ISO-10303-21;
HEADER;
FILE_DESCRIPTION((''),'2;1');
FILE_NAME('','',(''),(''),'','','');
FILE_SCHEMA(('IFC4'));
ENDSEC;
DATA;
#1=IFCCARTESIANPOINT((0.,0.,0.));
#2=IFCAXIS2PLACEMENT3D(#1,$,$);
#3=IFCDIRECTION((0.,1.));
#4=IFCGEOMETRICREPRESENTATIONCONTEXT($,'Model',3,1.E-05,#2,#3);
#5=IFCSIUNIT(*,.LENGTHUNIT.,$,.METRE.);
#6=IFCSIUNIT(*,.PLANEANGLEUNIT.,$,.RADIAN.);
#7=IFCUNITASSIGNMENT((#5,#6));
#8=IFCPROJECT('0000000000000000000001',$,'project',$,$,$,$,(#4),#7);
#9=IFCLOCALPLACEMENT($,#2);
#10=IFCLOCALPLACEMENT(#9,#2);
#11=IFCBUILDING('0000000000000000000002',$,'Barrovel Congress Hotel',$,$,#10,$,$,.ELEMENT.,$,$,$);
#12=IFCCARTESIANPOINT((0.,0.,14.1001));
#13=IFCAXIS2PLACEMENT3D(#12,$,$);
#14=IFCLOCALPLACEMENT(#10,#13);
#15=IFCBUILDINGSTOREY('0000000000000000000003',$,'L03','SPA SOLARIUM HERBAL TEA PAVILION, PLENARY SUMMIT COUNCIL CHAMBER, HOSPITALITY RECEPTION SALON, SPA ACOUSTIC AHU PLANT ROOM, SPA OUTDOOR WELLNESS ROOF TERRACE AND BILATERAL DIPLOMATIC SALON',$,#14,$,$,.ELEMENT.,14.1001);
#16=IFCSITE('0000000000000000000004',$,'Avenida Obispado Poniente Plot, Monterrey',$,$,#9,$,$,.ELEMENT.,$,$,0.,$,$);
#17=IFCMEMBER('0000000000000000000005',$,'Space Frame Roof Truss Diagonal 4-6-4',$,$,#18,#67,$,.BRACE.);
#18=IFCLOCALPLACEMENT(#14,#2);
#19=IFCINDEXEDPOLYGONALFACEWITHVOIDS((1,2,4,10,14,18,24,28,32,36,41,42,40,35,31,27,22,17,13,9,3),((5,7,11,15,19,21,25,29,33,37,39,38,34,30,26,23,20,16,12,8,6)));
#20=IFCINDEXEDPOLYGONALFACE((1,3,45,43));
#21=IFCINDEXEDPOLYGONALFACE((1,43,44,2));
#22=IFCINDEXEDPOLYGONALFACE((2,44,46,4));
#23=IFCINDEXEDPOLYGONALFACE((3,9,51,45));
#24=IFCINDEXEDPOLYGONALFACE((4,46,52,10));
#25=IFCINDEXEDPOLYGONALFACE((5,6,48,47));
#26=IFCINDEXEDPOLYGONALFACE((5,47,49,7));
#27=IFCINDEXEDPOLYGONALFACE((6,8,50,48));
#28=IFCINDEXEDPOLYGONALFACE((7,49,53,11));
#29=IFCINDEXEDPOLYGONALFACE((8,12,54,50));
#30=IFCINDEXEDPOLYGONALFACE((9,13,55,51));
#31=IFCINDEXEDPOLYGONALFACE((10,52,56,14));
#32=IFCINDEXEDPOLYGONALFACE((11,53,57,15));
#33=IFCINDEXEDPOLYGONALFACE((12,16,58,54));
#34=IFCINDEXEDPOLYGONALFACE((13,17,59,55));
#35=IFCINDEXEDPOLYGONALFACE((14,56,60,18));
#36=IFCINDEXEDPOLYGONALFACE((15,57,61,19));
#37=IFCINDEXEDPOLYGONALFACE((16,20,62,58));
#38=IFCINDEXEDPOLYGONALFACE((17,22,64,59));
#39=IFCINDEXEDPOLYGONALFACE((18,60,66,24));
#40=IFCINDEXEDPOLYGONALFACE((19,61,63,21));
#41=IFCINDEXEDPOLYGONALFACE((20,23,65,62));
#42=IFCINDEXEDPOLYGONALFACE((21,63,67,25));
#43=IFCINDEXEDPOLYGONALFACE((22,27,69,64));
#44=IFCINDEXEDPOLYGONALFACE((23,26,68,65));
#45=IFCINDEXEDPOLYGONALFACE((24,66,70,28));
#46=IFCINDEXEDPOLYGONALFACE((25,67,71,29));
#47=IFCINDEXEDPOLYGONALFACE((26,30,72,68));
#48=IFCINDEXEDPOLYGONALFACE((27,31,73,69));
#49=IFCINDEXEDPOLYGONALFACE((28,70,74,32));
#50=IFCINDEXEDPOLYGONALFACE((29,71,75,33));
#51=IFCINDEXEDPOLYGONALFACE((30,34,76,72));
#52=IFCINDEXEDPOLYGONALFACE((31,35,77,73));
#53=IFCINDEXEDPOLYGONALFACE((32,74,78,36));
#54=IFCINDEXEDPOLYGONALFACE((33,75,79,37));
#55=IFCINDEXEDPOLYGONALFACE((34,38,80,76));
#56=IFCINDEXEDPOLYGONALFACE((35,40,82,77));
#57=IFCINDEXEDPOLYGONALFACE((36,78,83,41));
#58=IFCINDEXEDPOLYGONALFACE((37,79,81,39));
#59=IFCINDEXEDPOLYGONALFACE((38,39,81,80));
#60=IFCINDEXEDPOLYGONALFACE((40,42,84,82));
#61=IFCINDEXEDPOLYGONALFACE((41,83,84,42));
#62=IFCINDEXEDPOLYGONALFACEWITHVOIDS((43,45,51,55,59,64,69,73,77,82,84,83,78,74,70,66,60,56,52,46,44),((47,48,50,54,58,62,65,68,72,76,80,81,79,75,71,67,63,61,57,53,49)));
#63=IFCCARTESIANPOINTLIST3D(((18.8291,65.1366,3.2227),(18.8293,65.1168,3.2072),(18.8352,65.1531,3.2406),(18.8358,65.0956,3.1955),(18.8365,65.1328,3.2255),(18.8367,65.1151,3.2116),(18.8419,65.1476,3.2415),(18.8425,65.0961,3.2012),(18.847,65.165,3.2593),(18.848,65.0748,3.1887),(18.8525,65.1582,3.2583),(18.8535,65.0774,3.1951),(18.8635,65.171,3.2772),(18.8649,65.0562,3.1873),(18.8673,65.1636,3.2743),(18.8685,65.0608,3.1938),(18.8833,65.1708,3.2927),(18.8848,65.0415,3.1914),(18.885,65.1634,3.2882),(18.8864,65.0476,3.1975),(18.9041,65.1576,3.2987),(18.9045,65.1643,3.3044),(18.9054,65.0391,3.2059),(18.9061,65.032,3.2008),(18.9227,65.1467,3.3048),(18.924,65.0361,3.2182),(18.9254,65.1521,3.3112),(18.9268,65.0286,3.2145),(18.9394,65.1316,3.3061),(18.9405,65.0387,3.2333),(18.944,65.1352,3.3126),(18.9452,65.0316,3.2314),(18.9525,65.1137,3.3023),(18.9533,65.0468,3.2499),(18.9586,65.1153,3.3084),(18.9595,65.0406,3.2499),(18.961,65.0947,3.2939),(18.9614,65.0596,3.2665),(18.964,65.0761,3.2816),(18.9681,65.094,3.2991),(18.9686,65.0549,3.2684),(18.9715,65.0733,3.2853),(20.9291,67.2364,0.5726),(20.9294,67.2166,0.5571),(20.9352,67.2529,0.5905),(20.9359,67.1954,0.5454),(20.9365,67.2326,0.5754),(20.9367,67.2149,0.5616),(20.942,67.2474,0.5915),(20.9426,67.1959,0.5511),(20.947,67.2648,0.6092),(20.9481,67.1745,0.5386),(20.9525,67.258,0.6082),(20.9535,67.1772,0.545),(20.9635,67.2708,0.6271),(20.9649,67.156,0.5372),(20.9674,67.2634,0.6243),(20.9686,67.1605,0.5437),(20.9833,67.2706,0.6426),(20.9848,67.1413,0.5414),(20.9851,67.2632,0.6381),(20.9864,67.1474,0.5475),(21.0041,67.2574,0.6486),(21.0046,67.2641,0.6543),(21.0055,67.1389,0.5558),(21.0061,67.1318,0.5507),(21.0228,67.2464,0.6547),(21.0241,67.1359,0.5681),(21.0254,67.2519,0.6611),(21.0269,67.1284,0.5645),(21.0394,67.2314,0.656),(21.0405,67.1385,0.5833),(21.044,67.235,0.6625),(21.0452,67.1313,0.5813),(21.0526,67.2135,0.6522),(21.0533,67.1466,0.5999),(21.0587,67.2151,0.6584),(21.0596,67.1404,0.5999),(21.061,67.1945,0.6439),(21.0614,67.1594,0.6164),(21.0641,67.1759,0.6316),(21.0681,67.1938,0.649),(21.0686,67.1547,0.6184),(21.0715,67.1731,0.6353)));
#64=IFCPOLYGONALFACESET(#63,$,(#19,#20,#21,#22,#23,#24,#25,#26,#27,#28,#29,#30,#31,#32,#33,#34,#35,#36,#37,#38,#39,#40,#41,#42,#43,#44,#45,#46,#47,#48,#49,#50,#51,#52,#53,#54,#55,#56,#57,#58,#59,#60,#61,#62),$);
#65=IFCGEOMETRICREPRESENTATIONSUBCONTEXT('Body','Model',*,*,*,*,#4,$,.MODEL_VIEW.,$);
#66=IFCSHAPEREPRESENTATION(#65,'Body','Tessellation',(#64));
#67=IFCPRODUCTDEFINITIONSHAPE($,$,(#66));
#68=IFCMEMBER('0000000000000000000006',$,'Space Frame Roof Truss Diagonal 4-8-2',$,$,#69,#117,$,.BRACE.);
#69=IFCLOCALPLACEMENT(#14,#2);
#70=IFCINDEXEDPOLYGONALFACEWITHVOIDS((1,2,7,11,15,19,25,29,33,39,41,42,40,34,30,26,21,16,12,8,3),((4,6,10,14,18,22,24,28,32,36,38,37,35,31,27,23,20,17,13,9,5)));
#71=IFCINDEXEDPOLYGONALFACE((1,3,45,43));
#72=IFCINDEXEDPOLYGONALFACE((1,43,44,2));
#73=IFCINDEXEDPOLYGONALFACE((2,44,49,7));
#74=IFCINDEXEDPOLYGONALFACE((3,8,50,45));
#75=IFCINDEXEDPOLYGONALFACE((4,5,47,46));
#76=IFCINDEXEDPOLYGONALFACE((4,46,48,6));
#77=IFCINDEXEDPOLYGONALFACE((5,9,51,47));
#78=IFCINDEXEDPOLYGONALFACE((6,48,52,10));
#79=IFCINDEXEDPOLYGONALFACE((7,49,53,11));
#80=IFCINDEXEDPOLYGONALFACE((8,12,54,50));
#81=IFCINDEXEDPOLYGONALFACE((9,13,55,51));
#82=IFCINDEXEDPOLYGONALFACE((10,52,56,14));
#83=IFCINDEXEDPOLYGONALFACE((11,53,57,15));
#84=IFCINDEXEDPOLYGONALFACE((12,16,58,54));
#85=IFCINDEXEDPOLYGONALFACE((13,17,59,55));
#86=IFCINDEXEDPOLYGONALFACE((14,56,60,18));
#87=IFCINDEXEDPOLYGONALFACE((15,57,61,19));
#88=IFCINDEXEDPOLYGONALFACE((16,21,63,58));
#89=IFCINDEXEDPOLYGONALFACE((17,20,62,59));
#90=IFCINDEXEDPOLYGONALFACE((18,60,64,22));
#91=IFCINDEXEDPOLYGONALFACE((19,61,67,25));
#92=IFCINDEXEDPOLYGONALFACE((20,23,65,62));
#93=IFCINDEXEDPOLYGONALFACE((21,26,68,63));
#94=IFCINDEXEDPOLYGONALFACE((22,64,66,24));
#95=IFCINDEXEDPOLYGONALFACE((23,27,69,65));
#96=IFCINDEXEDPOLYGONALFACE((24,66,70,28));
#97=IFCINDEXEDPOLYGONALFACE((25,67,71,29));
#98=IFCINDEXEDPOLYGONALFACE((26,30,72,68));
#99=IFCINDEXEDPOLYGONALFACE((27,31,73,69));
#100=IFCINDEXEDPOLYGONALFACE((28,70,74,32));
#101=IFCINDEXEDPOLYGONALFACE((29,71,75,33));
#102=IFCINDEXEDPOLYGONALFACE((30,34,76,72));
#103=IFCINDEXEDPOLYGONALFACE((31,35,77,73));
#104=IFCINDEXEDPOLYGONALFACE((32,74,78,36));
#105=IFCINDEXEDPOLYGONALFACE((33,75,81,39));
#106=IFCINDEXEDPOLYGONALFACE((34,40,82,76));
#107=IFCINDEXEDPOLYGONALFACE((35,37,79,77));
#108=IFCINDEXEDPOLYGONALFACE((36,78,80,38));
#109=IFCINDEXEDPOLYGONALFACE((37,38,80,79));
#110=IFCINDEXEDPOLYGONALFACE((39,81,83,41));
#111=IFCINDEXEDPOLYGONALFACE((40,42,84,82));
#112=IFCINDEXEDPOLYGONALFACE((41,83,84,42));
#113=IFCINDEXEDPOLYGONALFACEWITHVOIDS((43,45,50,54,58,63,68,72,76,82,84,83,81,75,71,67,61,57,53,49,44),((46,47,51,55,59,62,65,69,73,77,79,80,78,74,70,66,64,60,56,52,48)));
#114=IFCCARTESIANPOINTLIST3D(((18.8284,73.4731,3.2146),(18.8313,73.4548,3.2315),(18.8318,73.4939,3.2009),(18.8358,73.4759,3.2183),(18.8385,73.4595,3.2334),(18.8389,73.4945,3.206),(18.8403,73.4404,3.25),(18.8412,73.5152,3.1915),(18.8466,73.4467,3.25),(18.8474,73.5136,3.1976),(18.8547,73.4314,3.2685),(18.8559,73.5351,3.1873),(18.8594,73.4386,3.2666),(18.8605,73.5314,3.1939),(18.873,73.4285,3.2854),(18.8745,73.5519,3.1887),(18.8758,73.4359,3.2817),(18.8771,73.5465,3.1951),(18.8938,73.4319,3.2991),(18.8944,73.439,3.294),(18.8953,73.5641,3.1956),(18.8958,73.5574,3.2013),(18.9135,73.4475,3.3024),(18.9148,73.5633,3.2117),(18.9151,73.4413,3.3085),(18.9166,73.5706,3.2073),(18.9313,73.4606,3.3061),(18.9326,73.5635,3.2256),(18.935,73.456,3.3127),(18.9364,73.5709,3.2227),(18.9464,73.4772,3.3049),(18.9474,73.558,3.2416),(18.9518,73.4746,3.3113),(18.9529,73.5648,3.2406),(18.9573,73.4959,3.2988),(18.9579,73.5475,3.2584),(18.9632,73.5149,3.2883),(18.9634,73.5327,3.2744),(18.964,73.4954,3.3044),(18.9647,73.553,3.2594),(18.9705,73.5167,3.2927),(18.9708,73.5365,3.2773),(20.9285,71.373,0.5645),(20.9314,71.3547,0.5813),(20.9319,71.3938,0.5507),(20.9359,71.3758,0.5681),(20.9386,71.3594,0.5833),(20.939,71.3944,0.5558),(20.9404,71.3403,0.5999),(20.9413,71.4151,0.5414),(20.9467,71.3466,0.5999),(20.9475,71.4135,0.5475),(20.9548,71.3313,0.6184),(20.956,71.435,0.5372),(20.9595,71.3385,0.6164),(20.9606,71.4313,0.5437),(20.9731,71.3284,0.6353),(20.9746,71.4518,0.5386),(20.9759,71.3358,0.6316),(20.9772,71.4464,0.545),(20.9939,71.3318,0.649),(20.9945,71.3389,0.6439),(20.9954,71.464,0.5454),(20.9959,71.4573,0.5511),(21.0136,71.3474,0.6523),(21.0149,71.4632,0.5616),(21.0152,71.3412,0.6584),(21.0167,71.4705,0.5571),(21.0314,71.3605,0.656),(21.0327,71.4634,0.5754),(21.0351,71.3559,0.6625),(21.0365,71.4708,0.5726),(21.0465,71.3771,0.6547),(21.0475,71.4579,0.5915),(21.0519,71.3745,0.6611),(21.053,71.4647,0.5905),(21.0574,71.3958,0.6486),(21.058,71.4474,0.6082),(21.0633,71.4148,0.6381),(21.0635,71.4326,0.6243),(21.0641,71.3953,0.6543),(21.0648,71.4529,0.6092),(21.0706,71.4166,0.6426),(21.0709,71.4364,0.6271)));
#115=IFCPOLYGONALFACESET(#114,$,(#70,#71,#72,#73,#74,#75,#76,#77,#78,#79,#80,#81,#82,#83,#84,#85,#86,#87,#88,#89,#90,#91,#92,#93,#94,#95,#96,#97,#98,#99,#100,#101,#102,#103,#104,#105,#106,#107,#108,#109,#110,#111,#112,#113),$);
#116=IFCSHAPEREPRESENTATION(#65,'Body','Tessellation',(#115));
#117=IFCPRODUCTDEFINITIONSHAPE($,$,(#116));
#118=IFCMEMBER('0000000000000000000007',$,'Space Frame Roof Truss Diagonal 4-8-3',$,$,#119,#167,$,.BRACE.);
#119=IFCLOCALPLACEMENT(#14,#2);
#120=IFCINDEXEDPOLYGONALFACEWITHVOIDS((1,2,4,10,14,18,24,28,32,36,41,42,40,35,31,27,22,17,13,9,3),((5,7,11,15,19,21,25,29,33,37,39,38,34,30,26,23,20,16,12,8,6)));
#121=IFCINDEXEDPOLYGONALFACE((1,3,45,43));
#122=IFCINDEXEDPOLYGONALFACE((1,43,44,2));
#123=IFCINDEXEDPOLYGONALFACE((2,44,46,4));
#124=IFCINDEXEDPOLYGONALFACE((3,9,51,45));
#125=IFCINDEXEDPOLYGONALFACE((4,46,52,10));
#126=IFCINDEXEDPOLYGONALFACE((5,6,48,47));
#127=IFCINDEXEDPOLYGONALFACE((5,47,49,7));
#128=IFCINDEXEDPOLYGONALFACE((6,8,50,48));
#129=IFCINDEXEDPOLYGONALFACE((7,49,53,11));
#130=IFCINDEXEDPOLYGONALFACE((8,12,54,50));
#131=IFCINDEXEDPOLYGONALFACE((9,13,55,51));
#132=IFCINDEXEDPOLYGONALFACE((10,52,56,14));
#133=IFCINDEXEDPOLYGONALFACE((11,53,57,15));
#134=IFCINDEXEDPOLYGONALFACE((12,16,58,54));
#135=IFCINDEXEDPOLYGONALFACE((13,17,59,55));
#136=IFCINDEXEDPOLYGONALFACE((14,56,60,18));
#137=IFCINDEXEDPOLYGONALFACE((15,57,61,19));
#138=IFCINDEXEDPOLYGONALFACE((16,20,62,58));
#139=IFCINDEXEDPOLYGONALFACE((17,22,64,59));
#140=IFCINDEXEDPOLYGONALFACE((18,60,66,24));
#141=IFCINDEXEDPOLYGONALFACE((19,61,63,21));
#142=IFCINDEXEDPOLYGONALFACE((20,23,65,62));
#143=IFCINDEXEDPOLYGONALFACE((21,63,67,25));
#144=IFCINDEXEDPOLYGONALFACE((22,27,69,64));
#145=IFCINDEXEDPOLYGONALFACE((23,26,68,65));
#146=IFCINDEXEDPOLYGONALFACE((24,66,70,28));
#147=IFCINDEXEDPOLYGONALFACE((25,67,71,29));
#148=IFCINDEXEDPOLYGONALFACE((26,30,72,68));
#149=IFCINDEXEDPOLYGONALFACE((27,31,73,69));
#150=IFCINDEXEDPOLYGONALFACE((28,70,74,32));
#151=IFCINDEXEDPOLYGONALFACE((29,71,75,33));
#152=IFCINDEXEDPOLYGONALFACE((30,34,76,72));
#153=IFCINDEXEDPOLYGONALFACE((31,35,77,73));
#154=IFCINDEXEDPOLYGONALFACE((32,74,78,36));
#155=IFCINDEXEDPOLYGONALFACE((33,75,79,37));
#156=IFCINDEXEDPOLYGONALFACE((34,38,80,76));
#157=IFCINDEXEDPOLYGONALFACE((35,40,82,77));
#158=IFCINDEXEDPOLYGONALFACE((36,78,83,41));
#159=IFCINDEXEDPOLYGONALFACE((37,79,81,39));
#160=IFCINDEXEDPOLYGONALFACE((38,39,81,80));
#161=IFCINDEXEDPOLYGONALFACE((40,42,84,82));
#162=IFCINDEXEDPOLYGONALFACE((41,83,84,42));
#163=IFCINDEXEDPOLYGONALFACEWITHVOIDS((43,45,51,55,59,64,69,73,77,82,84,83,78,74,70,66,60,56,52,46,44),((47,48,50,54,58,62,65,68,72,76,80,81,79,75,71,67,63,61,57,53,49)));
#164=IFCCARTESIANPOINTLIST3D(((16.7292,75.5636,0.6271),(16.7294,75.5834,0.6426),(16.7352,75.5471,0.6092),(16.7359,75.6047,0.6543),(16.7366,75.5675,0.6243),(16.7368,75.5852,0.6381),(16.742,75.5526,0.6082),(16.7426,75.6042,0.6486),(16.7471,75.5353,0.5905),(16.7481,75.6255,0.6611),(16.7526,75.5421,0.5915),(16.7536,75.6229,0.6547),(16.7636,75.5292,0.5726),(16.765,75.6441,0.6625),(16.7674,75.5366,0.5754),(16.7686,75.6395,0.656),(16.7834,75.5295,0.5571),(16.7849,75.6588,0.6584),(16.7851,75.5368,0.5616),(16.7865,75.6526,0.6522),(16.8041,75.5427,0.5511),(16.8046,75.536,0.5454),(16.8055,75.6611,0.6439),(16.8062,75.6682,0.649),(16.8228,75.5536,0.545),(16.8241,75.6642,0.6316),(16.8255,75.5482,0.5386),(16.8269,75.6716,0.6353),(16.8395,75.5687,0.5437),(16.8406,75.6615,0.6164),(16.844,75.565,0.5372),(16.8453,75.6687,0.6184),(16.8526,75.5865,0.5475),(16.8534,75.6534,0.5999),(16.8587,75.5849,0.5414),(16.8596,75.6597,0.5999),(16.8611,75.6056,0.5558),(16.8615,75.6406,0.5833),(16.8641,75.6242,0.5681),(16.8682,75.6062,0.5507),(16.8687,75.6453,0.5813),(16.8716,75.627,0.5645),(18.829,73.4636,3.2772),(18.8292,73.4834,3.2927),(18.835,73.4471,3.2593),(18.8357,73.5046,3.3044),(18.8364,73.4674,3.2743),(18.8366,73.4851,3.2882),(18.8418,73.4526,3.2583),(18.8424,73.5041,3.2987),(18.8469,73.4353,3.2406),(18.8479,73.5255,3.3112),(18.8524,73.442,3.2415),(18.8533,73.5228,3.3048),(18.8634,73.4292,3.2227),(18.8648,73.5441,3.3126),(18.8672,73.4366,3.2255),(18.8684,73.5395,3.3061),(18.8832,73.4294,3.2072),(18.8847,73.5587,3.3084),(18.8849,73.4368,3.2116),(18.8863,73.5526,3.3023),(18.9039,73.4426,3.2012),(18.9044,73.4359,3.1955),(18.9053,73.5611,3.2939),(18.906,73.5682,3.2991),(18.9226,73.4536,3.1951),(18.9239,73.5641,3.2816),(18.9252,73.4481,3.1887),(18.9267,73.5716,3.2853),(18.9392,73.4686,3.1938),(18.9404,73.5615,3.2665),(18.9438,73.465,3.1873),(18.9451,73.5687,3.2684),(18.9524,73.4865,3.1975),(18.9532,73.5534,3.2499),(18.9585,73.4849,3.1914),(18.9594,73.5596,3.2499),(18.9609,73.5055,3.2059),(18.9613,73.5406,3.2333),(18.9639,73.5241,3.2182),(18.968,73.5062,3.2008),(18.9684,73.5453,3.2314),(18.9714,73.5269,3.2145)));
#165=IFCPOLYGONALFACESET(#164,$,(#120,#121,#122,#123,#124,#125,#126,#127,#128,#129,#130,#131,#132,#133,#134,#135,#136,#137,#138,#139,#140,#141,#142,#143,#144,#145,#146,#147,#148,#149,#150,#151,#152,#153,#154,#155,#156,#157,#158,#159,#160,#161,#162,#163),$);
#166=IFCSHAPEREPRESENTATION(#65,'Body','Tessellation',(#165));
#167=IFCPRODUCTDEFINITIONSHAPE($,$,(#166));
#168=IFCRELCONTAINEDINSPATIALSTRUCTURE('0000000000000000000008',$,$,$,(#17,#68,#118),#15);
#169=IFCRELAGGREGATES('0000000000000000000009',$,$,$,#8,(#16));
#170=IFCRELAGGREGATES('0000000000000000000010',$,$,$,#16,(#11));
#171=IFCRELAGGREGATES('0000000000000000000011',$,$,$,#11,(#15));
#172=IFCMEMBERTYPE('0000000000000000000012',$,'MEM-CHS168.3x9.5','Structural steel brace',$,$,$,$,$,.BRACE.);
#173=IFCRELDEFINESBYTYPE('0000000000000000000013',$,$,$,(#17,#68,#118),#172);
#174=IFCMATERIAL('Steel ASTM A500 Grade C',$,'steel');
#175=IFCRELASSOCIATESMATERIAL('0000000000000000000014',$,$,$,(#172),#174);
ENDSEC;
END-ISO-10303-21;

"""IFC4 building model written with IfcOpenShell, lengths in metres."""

from ifc_helpers import new_model, si_unit, direction, frame, origin, origin_2d, place, context, subcontext, project, spatial, hollow_circle, extrude, material, material_profile, profile_set, type_object, element, save


model = new_model("IFC4")

# Units and contexts
model_context = context("Model", 3, precision=1e-05, world=origin(), true_north=direction((0.0, 1.0)))
body_context = subcontext(model_context, "Body", "Model", "MODEL_VIEW")
ifc_project = project(units=[si_unit("LENGTHUNIT", "METRE"), si_unit("PLANEANGLEUNIT", "RADIAN")], contexts=[model_context])

# Site, building, storey
site_placement = place(None, origin())
site = spatial("IfcSite", under=ifc_project, at=site_placement, Name="Avenida Obispado Poniente Plot, Monterrey", CompositionType="ELEMENT", RefElevation=0.0)
building_placement = place(site_placement, origin())
building = spatial("IfcBuilding", under=site, at=building_placement, Name="Barrovel Congress Hotel", CompositionType="ELEMENT")
storey_placement = place(building_placement, frame((0.0, 0.0, 14.1001)))
storey = spatial("IfcBuildingStorey", under=building, at=storey_placement, Name="L03", Description="SPA SOLARIUM HERBAL TEA PAVILION, PLENARY SUMMIT COUNCIL CHAMBER, HOSPITALITY RECEPTION SALON, SPA ACOUSTIC AHU PLANT ROOM, SPA OUTDOOR WELLNESS ROOF TERRACE AND BILATERAL DIPLOMATIC SALON", CompositionType="ELEMENT", Elevation=14.1001)

# Members
ifc_material_1 = material(Name="Steel ASTM A500 Grade C", Category="steel")
ifc_material_profile_1 = material_profile(ifc_material_1, hollow_circle(Radius=0.0842, WallThickness=0.0088, at=origin_2d()), Name="CHS168.3x9.5")
ifc_profile_set_1 = profile_set([ifc_material_profile_1], Name="Steel ASTM A500 Grade C")
member_type_1 = type_object("IfcMemberType", Name="MEM-CHS168.3x9.5", Description="Structural steel brace", PredefinedType="BRACE", material=ifc_profile_set_1)
member_1_placement = place(storey_placement, frame((21.0, 67.2, 0.5999), z_axis=(-0.527618, -0.527557, 0.66581), x_axis=(0.707066, -0.707148, 0.0)))
element("IfcMember", 1, at=member_1_placement, inside=storey, type_object=member_type_1, Name="Space Frame Roof Truss Diagonal 4-6-4", PredefinedType="BRACE", context=body_context, shape_type="SweptSolid", body=[
    extrude(hollow_circle(Radius=0.0842, WallThickness=0.0088, at=origin_2d()), origin(), (0.0, 0.0, 1.0), 3.9802),
])
member_2_placement = place(storey_placement, frame((21.0, 71.3999, 0.5999), z_axis=(-0.527601, 0.527601, 0.665788), x_axis=(-0.707107, -0.707107, 0.0)))
element("IfcMember", 2, at=member_2_placement, inside=storey, type_object=member_type_1, Name="Space Frame Roof Truss Diagonal 4-8-2", PredefinedType="BRACE", context=body_context, shape_type="SweptSolid", body=[
    extrude(hollow_circle(Radius=0.0842, WallThickness=0.0088, at=origin_2d()), origin(), (0.0, 0.0, 1.0), 3.9805),
])
member_3_placement = place(storey_placement, frame((16.8, 75.6001, 0.5999), z_axis=(0.527557, -0.527618, 0.66581), x_axis=(0.707148, 0.707066, 0.0)))
element("IfcMember", 3, at=member_3_placement, inside=storey, type_object=member_type_1, Name="Space Frame Roof Truss Diagonal 4-8-3", PredefinedType="BRACE", context=body_context, shape_type="SweptSolid", body=[
    extrude(hollow_circle(Radius=0.0842, WallThickness=0.0088, at=origin_2d()), origin(), (0.0, 0.0, 1.0), 3.9802),
])

save(model, "model.ifc")
